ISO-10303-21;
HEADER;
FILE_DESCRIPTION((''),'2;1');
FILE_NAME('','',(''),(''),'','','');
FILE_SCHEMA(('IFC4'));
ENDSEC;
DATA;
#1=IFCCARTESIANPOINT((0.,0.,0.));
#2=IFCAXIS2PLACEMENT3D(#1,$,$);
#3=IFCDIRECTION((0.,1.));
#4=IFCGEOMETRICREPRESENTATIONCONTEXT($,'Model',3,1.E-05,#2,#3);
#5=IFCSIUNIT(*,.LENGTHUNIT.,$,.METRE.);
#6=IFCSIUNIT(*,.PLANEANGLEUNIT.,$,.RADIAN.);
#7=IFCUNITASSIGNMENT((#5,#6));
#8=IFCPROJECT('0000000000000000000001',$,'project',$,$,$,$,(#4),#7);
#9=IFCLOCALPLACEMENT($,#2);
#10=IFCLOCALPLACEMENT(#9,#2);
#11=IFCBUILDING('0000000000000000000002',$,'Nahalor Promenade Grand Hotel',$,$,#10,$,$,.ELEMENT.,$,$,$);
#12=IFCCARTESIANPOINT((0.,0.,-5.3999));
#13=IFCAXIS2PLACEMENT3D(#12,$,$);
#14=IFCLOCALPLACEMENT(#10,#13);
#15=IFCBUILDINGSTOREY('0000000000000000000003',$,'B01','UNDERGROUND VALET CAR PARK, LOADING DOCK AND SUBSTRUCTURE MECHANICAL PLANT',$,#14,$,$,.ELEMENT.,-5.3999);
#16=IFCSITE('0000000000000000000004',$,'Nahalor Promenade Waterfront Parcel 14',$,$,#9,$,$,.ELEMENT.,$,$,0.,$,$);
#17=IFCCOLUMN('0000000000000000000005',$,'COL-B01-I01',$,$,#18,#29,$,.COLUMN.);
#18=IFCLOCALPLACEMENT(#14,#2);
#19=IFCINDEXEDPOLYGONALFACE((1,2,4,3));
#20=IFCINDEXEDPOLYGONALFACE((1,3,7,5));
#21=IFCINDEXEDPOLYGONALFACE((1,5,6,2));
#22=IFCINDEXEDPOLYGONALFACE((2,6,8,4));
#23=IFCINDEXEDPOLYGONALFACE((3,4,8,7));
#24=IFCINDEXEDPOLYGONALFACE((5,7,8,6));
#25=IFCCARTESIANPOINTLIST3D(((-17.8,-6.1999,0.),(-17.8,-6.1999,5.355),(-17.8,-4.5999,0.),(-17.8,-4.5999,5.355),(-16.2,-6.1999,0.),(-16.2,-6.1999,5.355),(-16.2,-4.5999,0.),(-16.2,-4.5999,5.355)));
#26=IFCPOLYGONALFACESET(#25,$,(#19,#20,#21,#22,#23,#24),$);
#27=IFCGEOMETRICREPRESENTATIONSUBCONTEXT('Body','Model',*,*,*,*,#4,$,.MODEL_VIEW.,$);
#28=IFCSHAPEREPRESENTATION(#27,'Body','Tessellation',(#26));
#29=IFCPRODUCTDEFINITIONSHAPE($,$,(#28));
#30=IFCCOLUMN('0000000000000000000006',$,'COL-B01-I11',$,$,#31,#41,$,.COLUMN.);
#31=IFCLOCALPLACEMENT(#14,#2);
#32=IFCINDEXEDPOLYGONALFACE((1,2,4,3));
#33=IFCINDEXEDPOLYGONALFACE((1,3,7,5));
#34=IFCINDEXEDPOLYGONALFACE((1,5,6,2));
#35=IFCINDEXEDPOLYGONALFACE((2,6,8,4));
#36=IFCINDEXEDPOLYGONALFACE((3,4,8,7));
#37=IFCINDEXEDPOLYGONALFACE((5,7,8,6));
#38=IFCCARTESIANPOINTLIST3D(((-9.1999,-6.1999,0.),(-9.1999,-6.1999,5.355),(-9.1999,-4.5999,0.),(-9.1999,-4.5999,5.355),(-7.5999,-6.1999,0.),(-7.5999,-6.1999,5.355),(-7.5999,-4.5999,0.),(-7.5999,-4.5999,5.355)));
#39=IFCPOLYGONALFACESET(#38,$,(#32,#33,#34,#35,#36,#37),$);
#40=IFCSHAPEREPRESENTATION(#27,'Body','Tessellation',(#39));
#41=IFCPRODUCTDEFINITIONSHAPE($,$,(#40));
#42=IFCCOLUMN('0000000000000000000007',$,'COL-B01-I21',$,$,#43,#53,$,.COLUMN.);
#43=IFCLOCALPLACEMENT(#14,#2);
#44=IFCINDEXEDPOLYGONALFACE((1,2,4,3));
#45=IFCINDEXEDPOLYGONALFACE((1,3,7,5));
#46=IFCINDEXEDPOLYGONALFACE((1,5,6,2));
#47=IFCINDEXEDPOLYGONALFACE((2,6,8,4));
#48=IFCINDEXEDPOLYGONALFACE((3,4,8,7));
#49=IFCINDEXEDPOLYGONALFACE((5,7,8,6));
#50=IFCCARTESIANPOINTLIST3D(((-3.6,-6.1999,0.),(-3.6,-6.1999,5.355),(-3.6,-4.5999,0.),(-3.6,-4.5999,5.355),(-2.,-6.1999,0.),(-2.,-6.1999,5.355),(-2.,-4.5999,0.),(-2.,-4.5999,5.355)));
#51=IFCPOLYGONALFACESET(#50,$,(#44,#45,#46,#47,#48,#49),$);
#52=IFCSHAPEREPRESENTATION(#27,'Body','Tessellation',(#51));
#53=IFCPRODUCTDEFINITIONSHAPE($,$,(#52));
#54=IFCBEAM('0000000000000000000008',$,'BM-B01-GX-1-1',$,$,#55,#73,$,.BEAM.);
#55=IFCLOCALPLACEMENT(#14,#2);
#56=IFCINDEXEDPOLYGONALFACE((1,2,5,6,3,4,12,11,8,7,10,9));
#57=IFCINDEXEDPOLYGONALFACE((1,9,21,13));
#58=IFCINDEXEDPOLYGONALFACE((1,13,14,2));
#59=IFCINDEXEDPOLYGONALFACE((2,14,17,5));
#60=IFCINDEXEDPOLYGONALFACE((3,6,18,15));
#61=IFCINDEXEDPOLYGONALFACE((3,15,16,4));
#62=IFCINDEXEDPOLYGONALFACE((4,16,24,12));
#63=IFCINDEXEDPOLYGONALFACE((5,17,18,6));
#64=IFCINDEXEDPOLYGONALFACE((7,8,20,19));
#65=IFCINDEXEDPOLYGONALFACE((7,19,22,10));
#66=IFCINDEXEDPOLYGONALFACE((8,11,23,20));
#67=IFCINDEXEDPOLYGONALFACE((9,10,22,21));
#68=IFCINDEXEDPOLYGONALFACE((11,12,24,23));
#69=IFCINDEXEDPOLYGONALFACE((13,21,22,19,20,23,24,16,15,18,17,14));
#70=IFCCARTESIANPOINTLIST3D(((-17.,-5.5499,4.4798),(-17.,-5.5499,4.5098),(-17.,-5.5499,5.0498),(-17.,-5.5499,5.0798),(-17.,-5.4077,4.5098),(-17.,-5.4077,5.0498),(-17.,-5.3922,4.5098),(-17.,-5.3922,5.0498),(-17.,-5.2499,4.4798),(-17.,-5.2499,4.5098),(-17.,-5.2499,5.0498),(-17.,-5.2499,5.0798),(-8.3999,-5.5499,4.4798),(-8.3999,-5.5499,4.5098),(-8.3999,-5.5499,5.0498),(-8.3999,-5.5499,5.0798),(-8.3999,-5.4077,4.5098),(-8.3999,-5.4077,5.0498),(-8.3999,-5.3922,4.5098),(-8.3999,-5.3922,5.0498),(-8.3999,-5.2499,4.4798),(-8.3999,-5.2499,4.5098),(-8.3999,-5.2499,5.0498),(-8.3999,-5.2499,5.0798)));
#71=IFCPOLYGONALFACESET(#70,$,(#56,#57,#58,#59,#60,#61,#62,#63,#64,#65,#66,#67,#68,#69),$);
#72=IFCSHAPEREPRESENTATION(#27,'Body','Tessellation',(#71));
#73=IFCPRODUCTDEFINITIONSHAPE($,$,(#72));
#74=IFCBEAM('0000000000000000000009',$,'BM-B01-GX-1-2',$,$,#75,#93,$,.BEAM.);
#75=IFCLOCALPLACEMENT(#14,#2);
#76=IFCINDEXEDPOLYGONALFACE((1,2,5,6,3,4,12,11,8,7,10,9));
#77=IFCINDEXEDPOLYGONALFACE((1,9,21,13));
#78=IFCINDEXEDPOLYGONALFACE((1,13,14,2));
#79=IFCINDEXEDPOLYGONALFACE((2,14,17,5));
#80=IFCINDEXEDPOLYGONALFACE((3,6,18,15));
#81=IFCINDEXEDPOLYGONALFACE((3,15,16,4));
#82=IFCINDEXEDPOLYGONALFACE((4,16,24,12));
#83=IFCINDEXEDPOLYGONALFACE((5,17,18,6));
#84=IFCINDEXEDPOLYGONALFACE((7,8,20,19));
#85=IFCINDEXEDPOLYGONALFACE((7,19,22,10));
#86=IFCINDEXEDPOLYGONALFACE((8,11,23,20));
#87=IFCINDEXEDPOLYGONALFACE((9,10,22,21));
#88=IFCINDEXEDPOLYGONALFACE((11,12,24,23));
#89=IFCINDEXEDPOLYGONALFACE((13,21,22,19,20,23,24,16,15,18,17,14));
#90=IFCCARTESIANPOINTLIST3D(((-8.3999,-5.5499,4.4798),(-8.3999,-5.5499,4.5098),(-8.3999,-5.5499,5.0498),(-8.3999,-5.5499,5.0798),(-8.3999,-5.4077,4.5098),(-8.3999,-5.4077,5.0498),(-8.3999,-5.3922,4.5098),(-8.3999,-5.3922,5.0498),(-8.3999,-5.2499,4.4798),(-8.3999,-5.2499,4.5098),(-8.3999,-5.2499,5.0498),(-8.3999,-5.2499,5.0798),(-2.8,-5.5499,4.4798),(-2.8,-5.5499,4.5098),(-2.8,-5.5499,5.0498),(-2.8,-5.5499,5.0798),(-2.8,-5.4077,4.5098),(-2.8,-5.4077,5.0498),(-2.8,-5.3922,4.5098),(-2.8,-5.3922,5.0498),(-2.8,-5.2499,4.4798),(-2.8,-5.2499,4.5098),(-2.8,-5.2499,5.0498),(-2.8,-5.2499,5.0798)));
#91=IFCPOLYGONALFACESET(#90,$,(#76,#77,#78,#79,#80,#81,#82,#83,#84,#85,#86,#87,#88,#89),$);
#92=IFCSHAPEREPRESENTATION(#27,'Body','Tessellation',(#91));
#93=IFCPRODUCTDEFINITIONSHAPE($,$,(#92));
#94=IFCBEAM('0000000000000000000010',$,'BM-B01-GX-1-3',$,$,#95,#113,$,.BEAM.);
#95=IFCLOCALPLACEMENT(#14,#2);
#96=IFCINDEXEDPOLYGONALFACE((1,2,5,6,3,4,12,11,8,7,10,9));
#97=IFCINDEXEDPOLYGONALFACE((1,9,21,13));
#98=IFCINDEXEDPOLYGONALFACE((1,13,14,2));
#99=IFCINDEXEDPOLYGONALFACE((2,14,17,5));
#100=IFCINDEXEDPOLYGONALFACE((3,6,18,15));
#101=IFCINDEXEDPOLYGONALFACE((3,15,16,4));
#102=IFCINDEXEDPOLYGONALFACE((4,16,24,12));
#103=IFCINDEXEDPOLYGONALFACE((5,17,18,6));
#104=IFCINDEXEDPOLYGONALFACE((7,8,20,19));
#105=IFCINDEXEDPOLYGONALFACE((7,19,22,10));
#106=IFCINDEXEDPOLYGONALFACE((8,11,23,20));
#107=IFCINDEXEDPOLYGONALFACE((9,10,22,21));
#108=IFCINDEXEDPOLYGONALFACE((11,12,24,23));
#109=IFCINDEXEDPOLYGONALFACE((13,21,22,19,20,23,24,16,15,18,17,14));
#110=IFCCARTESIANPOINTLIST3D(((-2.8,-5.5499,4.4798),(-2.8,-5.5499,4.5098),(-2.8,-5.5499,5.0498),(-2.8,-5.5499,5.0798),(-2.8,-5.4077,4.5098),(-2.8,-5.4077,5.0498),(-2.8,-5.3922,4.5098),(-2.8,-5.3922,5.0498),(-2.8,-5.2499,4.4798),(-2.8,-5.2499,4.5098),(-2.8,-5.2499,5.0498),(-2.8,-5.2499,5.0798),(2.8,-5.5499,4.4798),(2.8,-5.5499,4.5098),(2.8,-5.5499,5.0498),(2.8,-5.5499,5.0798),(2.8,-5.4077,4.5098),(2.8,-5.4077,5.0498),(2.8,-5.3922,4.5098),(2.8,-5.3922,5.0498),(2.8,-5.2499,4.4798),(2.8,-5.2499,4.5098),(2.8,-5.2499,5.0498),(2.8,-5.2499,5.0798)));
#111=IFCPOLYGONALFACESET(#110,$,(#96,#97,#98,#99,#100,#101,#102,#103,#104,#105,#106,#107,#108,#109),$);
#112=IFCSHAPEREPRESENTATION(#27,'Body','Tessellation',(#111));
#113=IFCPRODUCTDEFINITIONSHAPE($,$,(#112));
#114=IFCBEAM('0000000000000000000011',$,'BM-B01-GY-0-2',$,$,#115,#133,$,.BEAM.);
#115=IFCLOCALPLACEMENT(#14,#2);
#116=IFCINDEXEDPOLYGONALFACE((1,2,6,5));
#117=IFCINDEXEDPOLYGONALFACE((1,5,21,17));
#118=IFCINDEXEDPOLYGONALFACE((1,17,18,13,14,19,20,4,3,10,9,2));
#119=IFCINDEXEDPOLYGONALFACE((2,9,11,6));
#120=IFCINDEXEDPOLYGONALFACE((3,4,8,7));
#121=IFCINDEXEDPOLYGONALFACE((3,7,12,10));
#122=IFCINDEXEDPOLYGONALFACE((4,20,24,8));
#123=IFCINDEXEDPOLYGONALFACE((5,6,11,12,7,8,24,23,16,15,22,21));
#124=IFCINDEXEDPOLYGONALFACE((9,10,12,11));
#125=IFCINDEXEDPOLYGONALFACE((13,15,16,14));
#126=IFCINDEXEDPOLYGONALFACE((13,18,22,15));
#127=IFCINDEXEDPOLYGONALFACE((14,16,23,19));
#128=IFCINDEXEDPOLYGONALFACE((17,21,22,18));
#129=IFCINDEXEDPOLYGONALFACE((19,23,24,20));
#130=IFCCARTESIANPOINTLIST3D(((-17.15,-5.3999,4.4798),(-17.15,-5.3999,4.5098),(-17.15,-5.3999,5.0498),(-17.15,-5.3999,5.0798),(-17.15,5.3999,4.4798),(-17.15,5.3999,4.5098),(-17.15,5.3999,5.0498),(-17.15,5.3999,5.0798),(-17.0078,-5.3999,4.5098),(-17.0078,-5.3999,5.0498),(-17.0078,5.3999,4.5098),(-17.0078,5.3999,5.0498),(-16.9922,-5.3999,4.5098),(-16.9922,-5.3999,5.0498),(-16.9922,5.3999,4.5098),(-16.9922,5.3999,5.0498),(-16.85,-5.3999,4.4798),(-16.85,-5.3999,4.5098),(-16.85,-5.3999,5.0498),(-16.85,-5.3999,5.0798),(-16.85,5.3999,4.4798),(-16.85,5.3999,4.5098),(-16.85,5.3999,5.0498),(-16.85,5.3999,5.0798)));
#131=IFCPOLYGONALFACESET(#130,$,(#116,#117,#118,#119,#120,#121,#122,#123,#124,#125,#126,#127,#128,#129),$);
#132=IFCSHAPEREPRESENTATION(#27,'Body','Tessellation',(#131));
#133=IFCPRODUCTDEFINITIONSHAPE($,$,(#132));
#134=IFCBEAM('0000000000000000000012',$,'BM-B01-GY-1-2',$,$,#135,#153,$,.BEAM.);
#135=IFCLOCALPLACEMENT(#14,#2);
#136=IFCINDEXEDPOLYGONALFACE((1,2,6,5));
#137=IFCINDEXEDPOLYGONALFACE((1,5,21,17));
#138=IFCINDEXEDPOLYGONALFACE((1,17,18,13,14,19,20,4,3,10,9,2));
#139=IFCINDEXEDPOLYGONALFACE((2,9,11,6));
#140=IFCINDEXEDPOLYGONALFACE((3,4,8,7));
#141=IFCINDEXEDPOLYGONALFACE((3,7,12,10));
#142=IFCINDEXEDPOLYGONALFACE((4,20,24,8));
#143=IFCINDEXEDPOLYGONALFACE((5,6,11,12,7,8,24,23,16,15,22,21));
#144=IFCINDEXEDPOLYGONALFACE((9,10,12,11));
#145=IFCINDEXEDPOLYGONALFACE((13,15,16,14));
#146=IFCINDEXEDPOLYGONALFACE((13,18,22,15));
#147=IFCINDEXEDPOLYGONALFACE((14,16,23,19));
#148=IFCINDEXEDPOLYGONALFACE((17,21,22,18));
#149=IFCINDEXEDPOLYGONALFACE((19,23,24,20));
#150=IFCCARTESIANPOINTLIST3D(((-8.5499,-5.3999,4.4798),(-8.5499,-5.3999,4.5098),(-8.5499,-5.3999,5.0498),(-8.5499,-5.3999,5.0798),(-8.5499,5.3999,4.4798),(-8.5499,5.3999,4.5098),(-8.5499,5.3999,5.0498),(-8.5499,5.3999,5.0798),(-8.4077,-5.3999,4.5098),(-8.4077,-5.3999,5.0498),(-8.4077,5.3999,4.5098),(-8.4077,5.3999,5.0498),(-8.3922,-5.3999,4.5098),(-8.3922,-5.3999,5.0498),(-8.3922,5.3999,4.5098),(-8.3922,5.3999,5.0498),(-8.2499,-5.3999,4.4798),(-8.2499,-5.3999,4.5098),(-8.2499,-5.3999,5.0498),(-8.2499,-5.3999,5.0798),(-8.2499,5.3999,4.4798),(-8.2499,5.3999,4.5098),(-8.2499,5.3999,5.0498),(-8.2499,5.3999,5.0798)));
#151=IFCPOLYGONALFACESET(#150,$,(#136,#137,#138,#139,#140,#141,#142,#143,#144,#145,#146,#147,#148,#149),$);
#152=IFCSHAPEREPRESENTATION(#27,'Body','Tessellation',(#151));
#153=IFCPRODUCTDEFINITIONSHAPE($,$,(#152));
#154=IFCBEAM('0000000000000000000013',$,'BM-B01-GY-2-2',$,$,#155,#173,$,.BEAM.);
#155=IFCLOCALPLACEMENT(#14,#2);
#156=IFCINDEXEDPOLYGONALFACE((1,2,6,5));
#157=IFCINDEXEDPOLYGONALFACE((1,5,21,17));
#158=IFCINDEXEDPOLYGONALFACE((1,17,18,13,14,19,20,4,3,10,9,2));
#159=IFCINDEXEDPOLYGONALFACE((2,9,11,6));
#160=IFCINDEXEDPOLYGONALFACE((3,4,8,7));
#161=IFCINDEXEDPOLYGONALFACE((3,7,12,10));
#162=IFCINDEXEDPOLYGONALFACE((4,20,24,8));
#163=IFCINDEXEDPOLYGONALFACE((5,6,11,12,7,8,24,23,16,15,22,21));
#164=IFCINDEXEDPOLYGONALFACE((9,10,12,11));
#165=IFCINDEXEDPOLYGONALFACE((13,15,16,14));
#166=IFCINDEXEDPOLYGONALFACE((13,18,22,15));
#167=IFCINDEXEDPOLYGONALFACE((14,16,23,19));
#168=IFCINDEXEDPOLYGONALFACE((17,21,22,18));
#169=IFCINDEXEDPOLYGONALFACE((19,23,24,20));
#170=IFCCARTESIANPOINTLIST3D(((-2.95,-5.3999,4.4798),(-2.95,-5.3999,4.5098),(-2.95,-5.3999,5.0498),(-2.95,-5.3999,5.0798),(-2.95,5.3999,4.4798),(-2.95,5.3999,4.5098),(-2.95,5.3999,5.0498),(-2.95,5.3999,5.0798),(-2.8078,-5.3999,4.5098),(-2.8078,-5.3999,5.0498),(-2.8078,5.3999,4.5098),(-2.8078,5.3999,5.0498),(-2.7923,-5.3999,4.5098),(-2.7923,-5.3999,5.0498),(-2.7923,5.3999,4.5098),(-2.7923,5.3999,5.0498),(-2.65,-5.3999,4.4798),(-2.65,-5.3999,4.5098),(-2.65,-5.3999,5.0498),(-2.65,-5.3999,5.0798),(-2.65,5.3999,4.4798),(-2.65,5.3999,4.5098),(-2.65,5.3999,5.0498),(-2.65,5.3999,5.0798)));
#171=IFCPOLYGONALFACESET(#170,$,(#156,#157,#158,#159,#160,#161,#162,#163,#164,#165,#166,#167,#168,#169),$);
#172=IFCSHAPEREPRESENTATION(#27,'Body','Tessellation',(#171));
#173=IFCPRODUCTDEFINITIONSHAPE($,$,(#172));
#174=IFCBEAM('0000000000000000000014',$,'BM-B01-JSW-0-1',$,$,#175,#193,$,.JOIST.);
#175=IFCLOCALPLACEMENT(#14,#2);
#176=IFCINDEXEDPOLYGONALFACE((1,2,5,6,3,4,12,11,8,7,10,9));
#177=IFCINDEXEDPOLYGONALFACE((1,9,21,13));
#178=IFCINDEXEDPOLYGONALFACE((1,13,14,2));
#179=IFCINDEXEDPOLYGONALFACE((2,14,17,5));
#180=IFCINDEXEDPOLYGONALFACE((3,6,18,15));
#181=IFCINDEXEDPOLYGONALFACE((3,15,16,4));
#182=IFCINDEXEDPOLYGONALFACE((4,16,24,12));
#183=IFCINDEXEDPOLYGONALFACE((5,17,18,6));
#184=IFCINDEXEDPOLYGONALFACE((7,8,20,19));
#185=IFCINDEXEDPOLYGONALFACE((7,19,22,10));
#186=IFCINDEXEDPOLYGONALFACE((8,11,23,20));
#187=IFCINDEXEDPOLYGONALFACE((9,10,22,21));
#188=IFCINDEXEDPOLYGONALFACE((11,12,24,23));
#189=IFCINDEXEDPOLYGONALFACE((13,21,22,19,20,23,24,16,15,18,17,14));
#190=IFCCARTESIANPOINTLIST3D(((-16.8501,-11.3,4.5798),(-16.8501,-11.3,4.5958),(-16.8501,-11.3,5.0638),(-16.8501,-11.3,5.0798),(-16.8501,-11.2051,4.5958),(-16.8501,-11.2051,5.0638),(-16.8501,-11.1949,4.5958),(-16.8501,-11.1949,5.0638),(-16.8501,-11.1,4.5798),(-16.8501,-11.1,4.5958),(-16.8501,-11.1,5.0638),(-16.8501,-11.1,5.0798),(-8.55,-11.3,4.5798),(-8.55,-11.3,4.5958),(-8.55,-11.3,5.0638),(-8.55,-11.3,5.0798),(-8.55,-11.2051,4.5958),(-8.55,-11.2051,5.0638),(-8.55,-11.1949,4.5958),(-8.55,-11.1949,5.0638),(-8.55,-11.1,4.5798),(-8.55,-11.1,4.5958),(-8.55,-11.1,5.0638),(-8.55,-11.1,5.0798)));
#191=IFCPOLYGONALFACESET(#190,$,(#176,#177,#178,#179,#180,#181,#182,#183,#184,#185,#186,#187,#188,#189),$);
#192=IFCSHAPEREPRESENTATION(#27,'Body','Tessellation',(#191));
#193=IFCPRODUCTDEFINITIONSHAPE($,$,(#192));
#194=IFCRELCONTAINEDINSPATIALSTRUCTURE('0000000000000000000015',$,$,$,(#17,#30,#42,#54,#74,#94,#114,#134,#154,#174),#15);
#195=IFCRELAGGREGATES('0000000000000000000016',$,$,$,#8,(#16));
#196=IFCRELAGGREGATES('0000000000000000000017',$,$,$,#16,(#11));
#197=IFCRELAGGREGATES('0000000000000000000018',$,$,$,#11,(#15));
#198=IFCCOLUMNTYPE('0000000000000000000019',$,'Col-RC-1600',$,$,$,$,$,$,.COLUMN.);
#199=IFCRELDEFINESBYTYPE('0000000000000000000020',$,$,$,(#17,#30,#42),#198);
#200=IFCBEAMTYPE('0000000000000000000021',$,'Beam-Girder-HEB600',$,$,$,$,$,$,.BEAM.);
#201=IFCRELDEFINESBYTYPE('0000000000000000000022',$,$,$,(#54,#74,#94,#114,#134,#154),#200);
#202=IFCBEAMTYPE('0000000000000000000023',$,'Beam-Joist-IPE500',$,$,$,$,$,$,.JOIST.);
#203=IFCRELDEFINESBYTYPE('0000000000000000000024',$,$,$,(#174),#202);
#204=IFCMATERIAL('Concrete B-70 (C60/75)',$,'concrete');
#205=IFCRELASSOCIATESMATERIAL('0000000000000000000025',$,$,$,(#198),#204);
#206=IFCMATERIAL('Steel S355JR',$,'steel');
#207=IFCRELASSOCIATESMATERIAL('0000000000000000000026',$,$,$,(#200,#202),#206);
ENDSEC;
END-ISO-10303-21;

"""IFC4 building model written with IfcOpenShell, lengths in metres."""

from ifc_helpers import new_model, si_unit, direction, frame, origin, origin_2d, place, context, subcontext, project, spatial, rectangle, i_section, extrude, source, transform, mapped, material, material_profile, profile_set, type_object, element, save


model = new_model("IFC4")

# Units and contexts
model_context = context("Model", 3, precision=1e-05, world=origin(), true_north=direction((0.0, 1.0)))
body_context = subcontext(model_context, "Body", "Model", "MODEL_VIEW")
ifc_project = project(units=[si_unit("LENGTHUNIT", "METRE"), si_unit("PLANEANGLEUNIT", "RADIAN")], contexts=[model_context])

# Site, building, storey
site_placement = place(None, origin())
site = spatial("IfcSite", under=ifc_project, at=site_placement, Name="Nahalor Promenade Waterfront Parcel 14", CompositionType="ELEMENT", RefElevation=0.0)
building_placement = place(site_placement, origin())
building = spatial("IfcBuilding", under=site, at=building_placement, Name="Nahalor Promenade Grand Hotel", CompositionType="ELEMENT")
storey_placement = place(building_placement, frame((0.0, 0.0, -5.3999)))
storey = spatial("IfcBuildingStorey", under=building, at=storey_placement, Name="B01", Description="UNDERGROUND VALET CAR PARK, LOADING DOCK AND SUBSTRUCTURE MECHANICAL PLANT", CompositionType="ELEMENT", Elevation=-5.3999)

# Columns
ifc_material_1 = material(Name="Concrete B-70 (C60/75)", Category="concrete")
ifc_material_profile_1 = material_profile(ifc_material_1, rectangle(XDim=1.6, YDim=1.6, at=origin_2d()), Name="RC 1600x1600")
ifc_profile_set_1 = profile_set([ifc_material_profile_1], Name="Concrete B-70 (C60/75)")
column_type = type_object("IfcColumnType", Name="Col-RC-1600", PredefinedType="COLUMN", material=ifc_profile_set_1)
shared_shape_1 = source(origin(), body_context, "Body", "SweptSolid", [
    extrude(rectangle(XDim=1.6, YDim=1.6, at=origin_2d()), origin(), (0.0, 0.0, 1.0), 5.355),
])
for number, where, z_axis, x_axis, name in (
    (1, (-17.0, -5.3999, 0.0), (0.0, 0.0, 1.0), (1.0, 0.0, 0.0), "COL-B01-I01"),
    (2, (-8.3999, -5.3999, 0.0), (0.0, 0.0, 1.0), (1.0, 0.0, 0.0), "COL-B01-I11"),
    (3, (-2.8, -5.3999, 0.0), (0.0, 0.0, 1.0), (1.0, 0.0, 0.0), "COL-B01-I21"),
):
    element("IfcColumn", number, at=place(storey_placement, frame(where, z_axis=z_axis, x_axis=x_axis)), inside=storey, type_object=column_type, Name=name, PredefinedType="COLUMN", context=body_context, shape_type="MappedRepresentation", body=[
        mapped(shared_shape_1, transform((0.0, 0.0, 0.0), scale=1.0)),
    ])

# Beams
ifc_material_2 = material(Name="Steel S355JR", Category="steel")
ifc_material_profile_2 = material_profile(ifc_material_2, i_section(OverallWidth=0.3, OverallDepth=0.6, WebThickness=0.0155, FlangeThickness=0.03, at=origin_2d()), Name="HEB 600")
ifc_profile_set_2 = profile_set([ifc_material_profile_2], Name="Steel S355JR")
beam_type_1 = type_object("IfcBeamType", Name="Beam-Girder-HEB600", PredefinedType="BEAM", material=ifc_profile_set_2)
shared_shape_2 = source(origin(), body_context, "Body", "SweptSolid", [
    extrude(i_section(OverallWidth=0.3, OverallDepth=0.6, WebThickness=0.0155, FlangeThickness=0.03, at=origin_2d()), origin(), (0.0, 0.0, 1.0), 8.6001),
])
beam_1_placement = place(storey_placement, frame((-17.0, -5.3999, 4.7798), z_axis=(1.0, 0.0, 0.0), x_axis=(0.0, 1.0, 0.0)))
element("IfcBeam", 4, at=beam_1_placement, inside=storey, type_object=beam_type_1, Name="BM-B01-GX-1-1", PredefinedType="BEAM", context=body_context, shape_type="MappedRepresentation", body=[
    mapped(shared_shape_2, transform((0.0, 0.0, 0.0), scale=1.0)),
])
shared_shape_3 = source(origin(), body_context, "Body", "SweptSolid", [
    extrude(i_section(OverallWidth=0.3, OverallDepth=0.6, WebThickness=0.0155, FlangeThickness=0.03, at=origin_2d()), origin(), (0.0, 0.0, 1.0), 5.5999),
])
beam_2_placement = place(storey_placement, frame((-8.3999, -5.3999, 4.7798), z_axis=(1.0, 0.0, 0.0), x_axis=(0.0, 1.0, 0.0)))
element("IfcBeam", 5, at=beam_2_placement, inside=storey, type_object=beam_type_1, Name="BM-B01-GX-1-2", PredefinedType="BEAM", context=body_context, shape_type="MappedRepresentation", body=[
    mapped(shared_shape_3, transform((0.0, 0.0, 0.0), scale=1.0)),
])
shared_shape_4 = source(origin(), body_context, "Body", "SweptSolid", [
    extrude(i_section(OverallWidth=0.3, OverallDepth=0.6, WebThickness=0.0155, FlangeThickness=0.03, at=origin_2d()), origin(), (0.0, 0.0, 1.0), 5.6001),
])
beam_3_placement = place(storey_placement, frame((-2.8, -5.3999, 4.7798), z_axis=(1.0, 0.0, 0.0), x_axis=(0.0, 1.0, 0.0)))
element("IfcBeam", 6, at=beam_3_placement, inside=storey, type_object=beam_type_1, Name="BM-B01-GX-1-3", PredefinedType="BEAM", context=body_context, shape_type="MappedRepresentation", body=[
    mapped(shared_shape_4, transform((0.0, 0.0, 0.0), scale=1.0)),
])
shared_shape_5 = source(origin(), body_context, "Body", "SweptSolid", [
    extrude(i_section(OverallWidth=0.3, OverallDepth=0.6, WebThickness=0.0155, FlangeThickness=0.03, at=origin_2d()), origin(), (0.0, 0.0, 1.0), 10.7998),
])
for number, where, z_axis, x_axis, name in (
    (7, (-17.0, -5.3999, 4.7798), (0.0, 1.0, 0.0), (-1.0, 0.0, 0.0), "BM-B01-GY-0-2"),
    (8, (-8.3999, -5.3999, 4.7798), (0.0, 1.0, 0.0), (-1.0, 0.0, 0.0), "BM-B01-GY-1-2"),
    (9, (-2.8, -5.3999, 4.7798), (0.0, 1.0, 0.0), (-1.0, 0.0, 0.0), "BM-B01-GY-2-2"),
):
    element("IfcBeam", number, at=place(storey_placement, frame(where, z_axis=z_axis, x_axis=x_axis)), inside=storey, type_object=beam_type_1, Name=name, PredefinedType="BEAM", context=body_context, shape_type="MappedRepresentation", body=[
        mapped(shared_shape_5, transform((0.0, 0.0, 0.0), scale=1.0)),
    ])
ifc_material_profile_3 = material_profile(ifc_material_2, i_section(OverallWidth=0.2, OverallDepth=0.5, WebThickness=0.0102, FlangeThickness=0.016, at=origin_2d()), Name="IPE 500")
ifc_profile_set_3 = profile_set([ifc_material_profile_3], Name="Steel S355JR")
beam_type_2 = type_object("IfcBeamType", Name="Beam-Joist-IPE500", PredefinedType="JOIST", material=ifc_profile_set_3)
shared_shape_6 = source(origin(), body_context, "Body", "SweptSolid", [
    extrude(i_section(OverallWidth=0.2, OverallDepth=0.5, WebThickness=0.0102, FlangeThickness=0.016, at=origin_2d()), origin(), (0.0, 0.0, 1.0), 8.3),
])
beam_4_placement = place(storey_placement, frame((-16.8501, -11.2, 4.8298), z_axis=(1.0, 0.0, 0.0), x_axis=(0.0, 1.0, 0.0)))
element("IfcBeam", 10, at=beam_4_placement, inside=storey, type_object=beam_type_2, Name="BM-B01-JSW-0-1", PredefinedType="JOIST", context=body_context, shape_type="MappedRepresentation", body=[
    mapped(shared_shape_6, transform((0.0, 0.0, 0.0), scale=1.0)),
])

save(model, "model.ifc")
